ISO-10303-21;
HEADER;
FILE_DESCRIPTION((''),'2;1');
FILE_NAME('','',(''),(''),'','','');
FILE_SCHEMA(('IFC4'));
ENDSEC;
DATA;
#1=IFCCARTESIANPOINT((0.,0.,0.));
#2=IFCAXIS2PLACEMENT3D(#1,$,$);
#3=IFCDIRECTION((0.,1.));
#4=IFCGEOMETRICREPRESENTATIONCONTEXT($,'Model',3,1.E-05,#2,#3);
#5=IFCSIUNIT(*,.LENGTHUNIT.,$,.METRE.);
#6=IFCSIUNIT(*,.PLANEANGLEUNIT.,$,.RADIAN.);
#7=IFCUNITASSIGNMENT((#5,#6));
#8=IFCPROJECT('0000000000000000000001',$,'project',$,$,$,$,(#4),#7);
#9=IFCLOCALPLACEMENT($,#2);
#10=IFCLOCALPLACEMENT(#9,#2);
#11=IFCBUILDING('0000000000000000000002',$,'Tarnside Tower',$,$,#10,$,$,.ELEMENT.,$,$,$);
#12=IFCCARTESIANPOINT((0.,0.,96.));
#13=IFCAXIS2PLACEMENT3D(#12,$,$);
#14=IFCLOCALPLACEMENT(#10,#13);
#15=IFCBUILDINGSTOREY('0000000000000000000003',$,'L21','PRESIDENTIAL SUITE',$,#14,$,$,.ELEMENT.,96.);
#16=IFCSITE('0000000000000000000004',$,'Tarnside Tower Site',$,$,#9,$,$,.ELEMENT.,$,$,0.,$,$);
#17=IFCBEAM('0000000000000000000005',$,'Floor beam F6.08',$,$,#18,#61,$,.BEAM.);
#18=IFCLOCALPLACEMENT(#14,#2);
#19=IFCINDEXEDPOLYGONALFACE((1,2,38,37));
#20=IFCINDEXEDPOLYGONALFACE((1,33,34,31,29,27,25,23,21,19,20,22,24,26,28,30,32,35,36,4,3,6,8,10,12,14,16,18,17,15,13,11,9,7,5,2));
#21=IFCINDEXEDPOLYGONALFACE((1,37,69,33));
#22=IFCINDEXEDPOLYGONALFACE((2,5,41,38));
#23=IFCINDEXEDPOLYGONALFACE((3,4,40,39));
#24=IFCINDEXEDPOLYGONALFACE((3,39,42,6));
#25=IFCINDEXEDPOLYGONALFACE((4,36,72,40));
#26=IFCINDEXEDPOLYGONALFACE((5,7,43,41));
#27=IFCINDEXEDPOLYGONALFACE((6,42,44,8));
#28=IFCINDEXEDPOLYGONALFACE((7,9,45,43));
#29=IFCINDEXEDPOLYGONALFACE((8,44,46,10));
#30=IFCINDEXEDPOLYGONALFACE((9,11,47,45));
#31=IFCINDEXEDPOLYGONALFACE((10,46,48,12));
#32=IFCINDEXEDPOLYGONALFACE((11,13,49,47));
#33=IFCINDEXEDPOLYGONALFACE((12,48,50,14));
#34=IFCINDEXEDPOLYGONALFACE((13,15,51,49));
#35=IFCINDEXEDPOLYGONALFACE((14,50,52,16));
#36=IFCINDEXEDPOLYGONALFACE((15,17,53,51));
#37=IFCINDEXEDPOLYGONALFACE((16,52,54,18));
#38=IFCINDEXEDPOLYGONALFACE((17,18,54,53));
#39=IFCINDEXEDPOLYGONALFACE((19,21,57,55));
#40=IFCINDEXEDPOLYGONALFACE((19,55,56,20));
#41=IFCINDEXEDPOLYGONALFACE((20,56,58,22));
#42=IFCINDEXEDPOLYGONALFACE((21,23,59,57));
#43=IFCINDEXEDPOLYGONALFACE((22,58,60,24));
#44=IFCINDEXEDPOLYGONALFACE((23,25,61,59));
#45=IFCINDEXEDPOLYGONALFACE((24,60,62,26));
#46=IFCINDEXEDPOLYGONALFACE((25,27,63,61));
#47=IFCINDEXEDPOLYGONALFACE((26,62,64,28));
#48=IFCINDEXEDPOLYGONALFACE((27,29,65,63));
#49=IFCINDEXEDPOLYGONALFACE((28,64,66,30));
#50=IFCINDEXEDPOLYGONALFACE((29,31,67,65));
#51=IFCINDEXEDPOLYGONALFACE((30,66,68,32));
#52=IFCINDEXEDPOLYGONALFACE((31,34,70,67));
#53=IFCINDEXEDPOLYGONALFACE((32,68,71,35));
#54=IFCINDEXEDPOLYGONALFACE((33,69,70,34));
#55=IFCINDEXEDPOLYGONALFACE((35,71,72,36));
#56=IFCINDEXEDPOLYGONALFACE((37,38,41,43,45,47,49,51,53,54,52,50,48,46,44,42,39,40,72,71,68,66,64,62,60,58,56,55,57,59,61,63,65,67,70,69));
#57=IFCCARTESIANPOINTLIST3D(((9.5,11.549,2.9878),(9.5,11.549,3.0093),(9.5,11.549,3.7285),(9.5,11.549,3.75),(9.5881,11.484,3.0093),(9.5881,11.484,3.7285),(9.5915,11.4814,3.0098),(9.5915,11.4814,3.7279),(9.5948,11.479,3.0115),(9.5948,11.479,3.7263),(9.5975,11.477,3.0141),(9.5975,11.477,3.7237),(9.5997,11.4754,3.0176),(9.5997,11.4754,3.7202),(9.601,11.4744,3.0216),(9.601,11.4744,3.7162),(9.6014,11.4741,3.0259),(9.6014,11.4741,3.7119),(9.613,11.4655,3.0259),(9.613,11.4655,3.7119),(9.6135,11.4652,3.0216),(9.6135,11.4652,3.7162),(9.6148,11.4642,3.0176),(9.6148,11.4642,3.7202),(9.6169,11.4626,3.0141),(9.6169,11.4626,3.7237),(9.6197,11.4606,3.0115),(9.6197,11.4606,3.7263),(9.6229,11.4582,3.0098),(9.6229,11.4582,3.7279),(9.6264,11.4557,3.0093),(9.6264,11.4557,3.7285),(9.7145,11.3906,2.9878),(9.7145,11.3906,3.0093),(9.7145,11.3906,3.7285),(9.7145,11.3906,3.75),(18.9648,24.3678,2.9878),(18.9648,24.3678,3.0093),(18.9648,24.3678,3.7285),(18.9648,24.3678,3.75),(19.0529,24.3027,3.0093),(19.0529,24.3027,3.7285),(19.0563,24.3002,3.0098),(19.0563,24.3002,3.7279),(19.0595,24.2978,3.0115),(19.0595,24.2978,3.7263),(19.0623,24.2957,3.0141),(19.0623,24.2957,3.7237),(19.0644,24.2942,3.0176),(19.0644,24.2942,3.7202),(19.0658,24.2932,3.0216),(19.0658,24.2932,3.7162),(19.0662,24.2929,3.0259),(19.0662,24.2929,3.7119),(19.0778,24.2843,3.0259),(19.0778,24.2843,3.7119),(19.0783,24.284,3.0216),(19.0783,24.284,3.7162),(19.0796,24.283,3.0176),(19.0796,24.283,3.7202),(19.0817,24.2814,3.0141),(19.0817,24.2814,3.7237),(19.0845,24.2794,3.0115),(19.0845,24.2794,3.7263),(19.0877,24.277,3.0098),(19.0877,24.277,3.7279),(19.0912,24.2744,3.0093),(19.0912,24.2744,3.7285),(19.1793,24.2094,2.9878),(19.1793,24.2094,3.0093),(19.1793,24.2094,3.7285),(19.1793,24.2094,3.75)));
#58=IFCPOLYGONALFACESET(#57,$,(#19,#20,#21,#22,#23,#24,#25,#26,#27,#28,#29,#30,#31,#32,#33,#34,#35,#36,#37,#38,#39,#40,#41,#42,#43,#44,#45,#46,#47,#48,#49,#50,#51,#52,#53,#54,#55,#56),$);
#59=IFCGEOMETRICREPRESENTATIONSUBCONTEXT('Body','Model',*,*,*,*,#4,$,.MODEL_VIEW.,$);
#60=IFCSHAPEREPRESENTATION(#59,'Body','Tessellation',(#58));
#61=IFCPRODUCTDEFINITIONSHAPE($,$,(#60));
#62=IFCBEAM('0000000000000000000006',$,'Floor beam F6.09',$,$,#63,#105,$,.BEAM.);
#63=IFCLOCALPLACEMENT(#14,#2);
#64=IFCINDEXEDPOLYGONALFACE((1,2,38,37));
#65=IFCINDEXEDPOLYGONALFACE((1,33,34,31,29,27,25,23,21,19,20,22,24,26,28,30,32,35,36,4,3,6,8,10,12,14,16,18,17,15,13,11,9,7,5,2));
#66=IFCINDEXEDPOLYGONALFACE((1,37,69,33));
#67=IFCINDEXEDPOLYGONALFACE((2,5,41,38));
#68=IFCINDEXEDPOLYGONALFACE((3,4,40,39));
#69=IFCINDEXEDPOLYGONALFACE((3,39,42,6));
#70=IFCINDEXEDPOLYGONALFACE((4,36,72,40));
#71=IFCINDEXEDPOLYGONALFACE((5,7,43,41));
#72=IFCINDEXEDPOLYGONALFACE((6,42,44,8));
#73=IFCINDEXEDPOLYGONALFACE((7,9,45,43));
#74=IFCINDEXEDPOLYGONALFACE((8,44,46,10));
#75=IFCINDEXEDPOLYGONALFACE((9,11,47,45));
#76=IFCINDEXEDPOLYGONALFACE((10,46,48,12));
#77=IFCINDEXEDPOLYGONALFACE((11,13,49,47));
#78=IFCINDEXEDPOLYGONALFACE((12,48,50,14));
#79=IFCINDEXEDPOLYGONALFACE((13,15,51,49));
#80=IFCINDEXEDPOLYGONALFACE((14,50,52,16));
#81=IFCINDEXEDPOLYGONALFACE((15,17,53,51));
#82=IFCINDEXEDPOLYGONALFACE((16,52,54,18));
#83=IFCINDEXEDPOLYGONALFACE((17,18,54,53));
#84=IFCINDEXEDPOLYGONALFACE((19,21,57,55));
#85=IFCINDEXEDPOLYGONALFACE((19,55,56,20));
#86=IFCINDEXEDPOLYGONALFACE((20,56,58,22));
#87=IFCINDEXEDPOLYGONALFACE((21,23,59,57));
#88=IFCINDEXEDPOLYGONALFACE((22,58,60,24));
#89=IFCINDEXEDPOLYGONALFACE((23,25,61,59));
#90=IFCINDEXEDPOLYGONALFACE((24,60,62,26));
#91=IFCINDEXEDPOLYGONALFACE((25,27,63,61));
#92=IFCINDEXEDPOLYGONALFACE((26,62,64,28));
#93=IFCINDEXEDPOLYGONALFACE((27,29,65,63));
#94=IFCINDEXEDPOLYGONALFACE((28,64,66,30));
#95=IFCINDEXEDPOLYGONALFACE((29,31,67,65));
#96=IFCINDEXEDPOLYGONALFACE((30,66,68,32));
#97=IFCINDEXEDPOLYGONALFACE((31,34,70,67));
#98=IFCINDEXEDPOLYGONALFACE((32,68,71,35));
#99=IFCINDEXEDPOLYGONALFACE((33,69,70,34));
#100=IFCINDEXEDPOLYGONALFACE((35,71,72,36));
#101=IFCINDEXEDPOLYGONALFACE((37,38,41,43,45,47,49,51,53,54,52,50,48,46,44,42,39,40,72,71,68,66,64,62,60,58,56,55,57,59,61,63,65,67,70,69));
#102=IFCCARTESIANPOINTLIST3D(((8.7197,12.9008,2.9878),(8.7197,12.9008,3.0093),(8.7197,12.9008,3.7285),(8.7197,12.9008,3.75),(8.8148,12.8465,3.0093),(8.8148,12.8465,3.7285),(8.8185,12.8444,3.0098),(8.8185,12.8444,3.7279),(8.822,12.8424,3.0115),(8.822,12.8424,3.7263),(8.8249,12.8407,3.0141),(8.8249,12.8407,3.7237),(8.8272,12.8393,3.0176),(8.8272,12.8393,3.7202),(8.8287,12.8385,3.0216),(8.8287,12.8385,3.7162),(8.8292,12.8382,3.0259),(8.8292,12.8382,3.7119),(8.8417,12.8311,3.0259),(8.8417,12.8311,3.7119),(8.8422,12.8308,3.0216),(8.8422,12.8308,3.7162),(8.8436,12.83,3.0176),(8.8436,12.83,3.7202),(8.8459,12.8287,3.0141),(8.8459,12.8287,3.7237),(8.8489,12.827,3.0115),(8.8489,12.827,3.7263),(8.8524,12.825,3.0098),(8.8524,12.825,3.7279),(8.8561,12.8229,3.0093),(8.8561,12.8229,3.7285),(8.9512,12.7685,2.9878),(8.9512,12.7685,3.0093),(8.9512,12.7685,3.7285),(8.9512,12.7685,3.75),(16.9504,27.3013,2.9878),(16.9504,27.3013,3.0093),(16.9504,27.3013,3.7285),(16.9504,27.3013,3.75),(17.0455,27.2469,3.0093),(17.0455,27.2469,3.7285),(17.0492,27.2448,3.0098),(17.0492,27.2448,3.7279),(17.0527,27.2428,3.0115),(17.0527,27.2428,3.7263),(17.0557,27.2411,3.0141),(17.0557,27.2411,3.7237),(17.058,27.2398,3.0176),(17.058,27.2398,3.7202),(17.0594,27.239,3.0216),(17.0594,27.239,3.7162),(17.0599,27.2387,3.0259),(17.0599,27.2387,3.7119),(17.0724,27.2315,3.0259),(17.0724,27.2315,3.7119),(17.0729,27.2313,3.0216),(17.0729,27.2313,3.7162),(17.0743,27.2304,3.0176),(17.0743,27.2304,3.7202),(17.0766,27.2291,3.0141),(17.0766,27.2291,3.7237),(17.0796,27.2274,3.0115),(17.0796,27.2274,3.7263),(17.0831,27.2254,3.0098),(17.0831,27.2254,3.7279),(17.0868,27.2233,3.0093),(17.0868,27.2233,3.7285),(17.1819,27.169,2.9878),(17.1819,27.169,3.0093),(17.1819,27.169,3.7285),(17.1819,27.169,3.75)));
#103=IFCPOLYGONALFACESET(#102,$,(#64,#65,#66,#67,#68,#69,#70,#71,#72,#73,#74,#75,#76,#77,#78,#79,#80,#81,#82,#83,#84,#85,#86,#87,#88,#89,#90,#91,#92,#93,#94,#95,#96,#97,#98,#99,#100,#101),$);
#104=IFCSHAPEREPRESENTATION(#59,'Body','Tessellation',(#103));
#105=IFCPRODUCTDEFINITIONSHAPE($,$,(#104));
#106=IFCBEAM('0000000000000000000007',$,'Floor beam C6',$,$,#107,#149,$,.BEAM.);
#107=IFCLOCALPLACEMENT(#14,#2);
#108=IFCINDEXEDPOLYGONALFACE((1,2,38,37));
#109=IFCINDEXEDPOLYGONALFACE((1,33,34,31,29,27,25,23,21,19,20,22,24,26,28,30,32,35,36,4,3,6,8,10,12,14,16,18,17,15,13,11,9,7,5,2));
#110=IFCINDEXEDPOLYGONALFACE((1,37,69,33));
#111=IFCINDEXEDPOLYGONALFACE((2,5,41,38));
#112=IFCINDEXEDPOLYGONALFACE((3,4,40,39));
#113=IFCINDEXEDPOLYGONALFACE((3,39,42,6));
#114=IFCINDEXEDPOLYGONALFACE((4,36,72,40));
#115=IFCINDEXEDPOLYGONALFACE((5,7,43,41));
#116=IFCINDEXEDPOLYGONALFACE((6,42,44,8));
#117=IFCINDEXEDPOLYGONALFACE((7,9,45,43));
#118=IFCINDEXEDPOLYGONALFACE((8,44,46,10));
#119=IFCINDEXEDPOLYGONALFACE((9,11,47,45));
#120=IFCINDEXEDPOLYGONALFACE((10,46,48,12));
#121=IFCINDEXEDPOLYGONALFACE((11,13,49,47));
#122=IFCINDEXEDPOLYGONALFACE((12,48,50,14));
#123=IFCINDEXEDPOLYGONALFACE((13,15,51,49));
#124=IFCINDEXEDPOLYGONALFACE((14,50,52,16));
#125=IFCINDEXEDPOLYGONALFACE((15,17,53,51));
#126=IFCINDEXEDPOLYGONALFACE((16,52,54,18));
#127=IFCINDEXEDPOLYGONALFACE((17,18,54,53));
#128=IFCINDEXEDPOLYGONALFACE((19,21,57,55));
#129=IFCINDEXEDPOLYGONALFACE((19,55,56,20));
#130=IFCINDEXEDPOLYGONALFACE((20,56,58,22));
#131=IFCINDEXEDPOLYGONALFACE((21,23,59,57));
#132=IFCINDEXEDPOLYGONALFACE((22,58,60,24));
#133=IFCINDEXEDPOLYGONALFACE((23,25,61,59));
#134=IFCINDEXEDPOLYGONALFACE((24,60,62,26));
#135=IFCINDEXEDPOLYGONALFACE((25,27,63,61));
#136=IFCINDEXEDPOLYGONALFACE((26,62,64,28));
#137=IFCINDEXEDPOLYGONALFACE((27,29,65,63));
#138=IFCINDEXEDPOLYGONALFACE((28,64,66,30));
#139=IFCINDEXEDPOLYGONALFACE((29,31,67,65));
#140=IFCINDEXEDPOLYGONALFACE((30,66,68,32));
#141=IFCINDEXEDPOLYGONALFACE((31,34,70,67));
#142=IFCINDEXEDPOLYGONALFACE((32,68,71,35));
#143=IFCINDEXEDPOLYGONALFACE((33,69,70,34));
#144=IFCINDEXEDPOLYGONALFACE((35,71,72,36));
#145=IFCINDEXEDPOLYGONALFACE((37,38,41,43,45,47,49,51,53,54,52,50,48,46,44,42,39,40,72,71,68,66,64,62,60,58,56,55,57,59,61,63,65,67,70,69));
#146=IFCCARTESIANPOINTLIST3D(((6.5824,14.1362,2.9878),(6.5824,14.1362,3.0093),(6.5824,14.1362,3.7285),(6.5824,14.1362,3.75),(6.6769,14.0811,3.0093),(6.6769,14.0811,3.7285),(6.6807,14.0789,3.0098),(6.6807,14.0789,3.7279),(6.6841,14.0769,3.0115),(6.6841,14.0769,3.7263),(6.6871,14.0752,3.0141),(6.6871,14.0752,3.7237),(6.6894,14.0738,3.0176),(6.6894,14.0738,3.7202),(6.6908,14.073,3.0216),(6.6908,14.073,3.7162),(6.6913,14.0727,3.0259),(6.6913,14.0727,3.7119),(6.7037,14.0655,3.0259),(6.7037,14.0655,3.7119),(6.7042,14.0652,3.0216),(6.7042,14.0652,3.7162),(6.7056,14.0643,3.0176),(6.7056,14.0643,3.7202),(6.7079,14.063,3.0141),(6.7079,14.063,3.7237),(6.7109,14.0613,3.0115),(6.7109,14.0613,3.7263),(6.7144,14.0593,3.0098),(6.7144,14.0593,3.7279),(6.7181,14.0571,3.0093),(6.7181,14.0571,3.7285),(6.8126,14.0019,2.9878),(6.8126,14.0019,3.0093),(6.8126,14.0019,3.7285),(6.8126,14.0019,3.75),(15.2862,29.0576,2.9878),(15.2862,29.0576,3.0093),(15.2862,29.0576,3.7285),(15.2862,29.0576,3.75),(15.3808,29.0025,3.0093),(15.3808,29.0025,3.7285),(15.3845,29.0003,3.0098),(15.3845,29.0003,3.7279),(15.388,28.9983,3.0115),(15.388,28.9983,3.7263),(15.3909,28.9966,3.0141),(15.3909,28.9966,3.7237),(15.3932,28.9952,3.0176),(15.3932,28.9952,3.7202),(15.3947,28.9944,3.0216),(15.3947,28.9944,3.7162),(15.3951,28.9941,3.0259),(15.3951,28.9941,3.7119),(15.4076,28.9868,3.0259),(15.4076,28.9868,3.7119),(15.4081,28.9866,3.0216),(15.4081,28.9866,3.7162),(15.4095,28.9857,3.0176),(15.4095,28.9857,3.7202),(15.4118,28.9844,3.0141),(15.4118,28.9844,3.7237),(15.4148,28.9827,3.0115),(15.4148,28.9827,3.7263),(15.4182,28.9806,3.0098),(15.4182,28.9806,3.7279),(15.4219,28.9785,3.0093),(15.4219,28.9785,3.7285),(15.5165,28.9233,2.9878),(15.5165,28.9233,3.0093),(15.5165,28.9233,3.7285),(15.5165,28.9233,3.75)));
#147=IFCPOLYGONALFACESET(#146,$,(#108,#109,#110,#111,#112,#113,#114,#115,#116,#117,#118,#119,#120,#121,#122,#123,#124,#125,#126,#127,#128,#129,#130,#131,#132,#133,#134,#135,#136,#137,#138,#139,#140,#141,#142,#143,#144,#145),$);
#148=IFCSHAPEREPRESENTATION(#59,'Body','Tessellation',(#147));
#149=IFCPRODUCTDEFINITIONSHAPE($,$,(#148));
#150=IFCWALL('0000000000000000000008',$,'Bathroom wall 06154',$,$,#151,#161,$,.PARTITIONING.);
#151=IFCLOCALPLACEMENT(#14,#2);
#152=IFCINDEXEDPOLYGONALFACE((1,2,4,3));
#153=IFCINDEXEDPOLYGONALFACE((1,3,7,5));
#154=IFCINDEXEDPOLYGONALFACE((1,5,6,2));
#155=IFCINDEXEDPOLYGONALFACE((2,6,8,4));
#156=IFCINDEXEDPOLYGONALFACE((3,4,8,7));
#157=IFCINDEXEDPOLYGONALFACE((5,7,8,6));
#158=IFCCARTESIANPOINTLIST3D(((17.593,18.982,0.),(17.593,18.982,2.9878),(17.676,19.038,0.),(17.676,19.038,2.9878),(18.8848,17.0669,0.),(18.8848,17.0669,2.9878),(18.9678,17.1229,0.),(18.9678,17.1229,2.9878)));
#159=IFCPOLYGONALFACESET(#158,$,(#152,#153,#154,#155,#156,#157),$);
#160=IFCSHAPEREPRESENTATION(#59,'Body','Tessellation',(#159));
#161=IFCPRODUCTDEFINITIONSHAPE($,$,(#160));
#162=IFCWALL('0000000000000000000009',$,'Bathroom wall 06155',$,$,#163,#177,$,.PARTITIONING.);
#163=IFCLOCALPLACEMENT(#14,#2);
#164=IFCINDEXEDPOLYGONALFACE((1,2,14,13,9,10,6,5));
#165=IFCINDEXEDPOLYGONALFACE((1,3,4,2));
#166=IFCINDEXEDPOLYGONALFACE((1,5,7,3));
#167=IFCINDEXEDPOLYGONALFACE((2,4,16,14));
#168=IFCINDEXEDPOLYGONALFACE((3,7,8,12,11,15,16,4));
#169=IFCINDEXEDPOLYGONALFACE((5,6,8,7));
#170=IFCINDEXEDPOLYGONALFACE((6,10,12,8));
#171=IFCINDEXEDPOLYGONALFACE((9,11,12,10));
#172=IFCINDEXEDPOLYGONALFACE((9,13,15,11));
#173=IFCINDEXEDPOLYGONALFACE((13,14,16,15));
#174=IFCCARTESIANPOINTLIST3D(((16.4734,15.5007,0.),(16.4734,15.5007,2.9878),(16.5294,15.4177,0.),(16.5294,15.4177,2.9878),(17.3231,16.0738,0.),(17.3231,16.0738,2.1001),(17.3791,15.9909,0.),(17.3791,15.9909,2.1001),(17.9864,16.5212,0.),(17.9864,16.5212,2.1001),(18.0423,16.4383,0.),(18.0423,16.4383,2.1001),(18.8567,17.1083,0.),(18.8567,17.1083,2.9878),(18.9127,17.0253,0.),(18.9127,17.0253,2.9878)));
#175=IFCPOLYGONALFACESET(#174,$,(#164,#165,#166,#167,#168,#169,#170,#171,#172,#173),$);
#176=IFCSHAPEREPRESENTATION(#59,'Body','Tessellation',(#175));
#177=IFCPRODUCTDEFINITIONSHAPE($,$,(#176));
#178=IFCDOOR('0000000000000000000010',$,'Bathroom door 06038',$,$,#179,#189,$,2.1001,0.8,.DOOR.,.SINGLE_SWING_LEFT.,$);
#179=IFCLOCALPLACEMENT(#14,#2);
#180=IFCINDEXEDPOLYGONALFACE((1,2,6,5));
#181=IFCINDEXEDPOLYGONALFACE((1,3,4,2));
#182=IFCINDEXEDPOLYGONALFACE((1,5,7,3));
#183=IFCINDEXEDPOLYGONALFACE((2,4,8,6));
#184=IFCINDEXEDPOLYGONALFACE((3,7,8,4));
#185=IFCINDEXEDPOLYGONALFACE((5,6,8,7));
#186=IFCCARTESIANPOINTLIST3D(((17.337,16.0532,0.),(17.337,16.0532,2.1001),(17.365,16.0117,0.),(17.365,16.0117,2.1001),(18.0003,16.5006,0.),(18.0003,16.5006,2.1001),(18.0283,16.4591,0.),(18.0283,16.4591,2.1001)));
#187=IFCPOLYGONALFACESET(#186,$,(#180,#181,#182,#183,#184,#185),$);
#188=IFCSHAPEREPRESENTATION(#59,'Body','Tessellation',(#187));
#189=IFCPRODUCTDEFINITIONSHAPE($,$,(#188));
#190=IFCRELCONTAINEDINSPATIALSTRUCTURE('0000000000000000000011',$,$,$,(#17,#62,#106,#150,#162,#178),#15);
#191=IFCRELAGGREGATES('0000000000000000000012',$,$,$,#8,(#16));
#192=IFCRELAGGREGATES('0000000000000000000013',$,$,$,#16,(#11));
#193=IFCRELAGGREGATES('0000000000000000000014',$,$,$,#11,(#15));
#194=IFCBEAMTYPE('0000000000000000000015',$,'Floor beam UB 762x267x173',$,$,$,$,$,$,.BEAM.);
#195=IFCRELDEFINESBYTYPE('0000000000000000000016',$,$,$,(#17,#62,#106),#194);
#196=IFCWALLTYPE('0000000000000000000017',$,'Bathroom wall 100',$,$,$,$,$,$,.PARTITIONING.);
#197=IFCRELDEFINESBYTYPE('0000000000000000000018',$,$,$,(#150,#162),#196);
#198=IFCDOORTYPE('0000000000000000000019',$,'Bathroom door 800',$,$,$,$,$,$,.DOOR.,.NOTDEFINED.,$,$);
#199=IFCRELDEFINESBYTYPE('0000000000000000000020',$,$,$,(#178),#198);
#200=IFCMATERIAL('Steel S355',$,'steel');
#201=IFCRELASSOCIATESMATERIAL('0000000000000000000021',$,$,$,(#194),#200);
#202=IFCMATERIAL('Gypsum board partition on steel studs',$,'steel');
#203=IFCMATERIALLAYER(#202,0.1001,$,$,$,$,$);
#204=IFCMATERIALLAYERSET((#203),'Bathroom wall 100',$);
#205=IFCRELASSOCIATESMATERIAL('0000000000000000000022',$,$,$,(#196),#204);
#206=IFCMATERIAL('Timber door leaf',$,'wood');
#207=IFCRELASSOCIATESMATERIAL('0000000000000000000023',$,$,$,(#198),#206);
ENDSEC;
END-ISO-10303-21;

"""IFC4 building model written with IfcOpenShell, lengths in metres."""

from ifc_helpers import new_model, si_unit, direction, frame, frame_2d, origin, origin_2d, place, context, subcontext, project, spatial, rectangle, i_section, extrude, material, layer, layer_set, material_profile, profile_set, type_object, element, fill, save


model = new_model("IFC4")

# Units and contexts
model_context = context("Model", 3, precision=1e-05, world=origin(), true_north=direction((0.0, 1.0)))
body_context = subcontext(model_context, "Body", "Model", "MODEL_VIEW")
ifc_project = project(units=[si_unit("LENGTHUNIT", "METRE"), si_unit("PLANEANGLEUNIT", "RADIAN")], contexts=[model_context])

# Site, building, storey
site_placement = place(None, origin())
site = spatial("IfcSite", under=ifc_project, at=site_placement, Name="Tarnside Tower Site", CompositionType="ELEMENT", RefElevation=0.0)
building_placement = place(site_placement, origin())
building = spatial("IfcBuilding", under=site, at=building_placement, Name="Tarnside Tower", CompositionType="ELEMENT")
storey_placement = place(building_placement, frame((0.0, 0.0, 96.0)))
storey = spatial("IfcBuildingStorey", under=building, at=storey_placement, Name="L21", Description="PRESIDENTIAL SUITE", CompositionType="ELEMENT", Elevation=96.0)

# Beams
ifc_material_1 = material(Name="Steel S355", Category="steel")
ifc_material_profile_1 = material_profile(ifc_material_1, i_section(OverallWidth=0.2666, OverallDepth=0.7622, WebThickness=0.0144, FlangeThickness=0.0215, FilletRadius=0.0166, at=origin_2d()), Name="UB 762x267x173")
ifc_profile_set_1 = profile_set([ifc_material_profile_1], Name="Steel S355")
beam_type_1 = type_object("IfcBeamType", Name="Floor beam UB 762x267x173", PredefinedType="BEAM", material=ifc_profile_set_1)
beam_1_placement = place(storey_placement, frame((19.072, 24.2886, 3.3689), z_axis=(-0.593987, -0.804475, 0.0), x_axis=(0.804475, -0.593987, 0.0)))
element("IfcBeam", 1, at=beam_1_placement, inside=storey, type_object=beam_type_1, Name="Floor beam F6.08", PredefinedType="BEAM", context=body_context, shape_type="SweptSolid", body=[
    extrude(i_section(OverallWidth=0.2666, OverallDepth=0.7622, WebThickness=0.0144, FlangeThickness=0.0215, FilletRadius=0.0166, at=origin_2d()), origin(), (0.0, 0.0, 1.0), 15.9343),
])
beam_2_placement = place(storey_placement, frame((17.0662, 27.2351, 3.3689), z_axis=(-0.496226, -0.868193, 0.0), x_axis=(0.868193, -0.496226, 0.0)))
element("IfcBeam", 2, at=beam_2_placement, inside=storey, type_object=beam_type_1, Name="Floor beam F6.09", PredefinedType="BEAM", context=body_context, shape_type="SweptSolid", body=[
    extrude(i_section(OverallWidth=0.2666, OverallDepth=0.7622, WebThickness=0.0144, FlangeThickness=0.0215, FilletRadius=0.0166, at=origin_2d()), origin(), (0.0, 0.0, 1.0), 16.5867),
])
beam_3_placement = place(storey_placement, frame((15.4014, 28.9905, 3.3689), z_axis=(-0.503859, -0.863786, 0.0), x_axis=(0.863786, -0.503859, 0.0)))
element("IfcBeam", 3, at=beam_3_placement, inside=storey, type_object=beam_type_1, Name="Floor beam C6", PredefinedType="BEAM", context=body_context, shape_type="SweptSolid", body=[
    extrude(i_section(OverallWidth=0.2666, OverallDepth=0.7622, WebThickness=0.0144, FlangeThickness=0.0215, FilletRadius=0.0166, at=origin_2d()), origin(), (0.0, 0.0, 1.0), 17.2744),
])

# Wall
ifc_material_2 = material(Name="Gypsum board partition on steel studs", Category="steel")
ifc_layer_1 = layer(ifc_material_2, 0.1001)
ifc_layer_set_1 = layer_set([ifc_layer_1], Name="Bathroom wall 100")
wall_type_1 = type_object("IfcWallType", Name="Bathroom wall 100", PredefinedType="PARTITIONING", material=ifc_layer_set_1)
wall_1_placement = place(storey_placement, frame((17.6345, 19.01, 0.0), z_axis=(0.0, 0.0, 1.0), x_axis=(0.559204, -0.82903, 0.0)))
element("IfcWall", 4, at=wall_1_placement, inside=storey, type_object=wall_type_1, Name="Bathroom wall 06154", PredefinedType="PARTITIONING", context=body_context, shape_type="SweptSolid", body=[
    extrude(rectangle(XDim=2.3101, YDim=0.1001, at=frame_2d((1.155, 0.0))), origin(), (0.0, 0.0, 1.0), 2.9878),
])

# Wall, opening, door
wall_2_placement = place(storey_placement, frame((18.8848, 17.0669, 0.0), z_axis=(0.0, 0.0, 1.0), x_axis=(-0.82902, -0.559219, 0.0)))
wall_2 = element("IfcWall", 5, at=wall_2_placement, inside=storey, type_object=wall_type_1, Name="Bathroom wall 06155", PredefinedType="PARTITIONING", context=body_context, shape_type="SweptSolid", body=[
    extrude(rectangle(XDim=2.8748, YDim=0.1001, at=frame_2d((1.4375, 0.0))), origin(), (0.0, 0.0, 1.0), 2.9878),
])
opening_1_placement = place(wall_2_placement, frame((1.05, 0.0, 0.0)))
opening_1 = element("IfcOpeningElement", 6, at=opening_1_placement, cuts=wall_2, PredefinedType="OPENING", context=body_context, shape_type="SweptSolid", body=[
    extrude(rectangle(XDim=0.8, YDim=2.1001, at=frame_2d((0.3999, 1.05))), frame((0.0, 0.0601, 0.0), z_axis=(0.0, -1.0, 0.0), x_axis=(1.0, 0.0, 0.0)), (0.0, 0.0, 1.0), 0.1201),
])
ifc_material_3 = material(Name="Timber door leaf", Category="wood")
door_type = type_object("IfcDoorType", Name="Bathroom door 800", OperationType="NOTDEFINED", PredefinedType="DOOR", material=ifc_material_3)
door_1_placement = place(opening_1_placement, origin())
door_1 = element("IfcDoor", 7, at=door_1_placement, inside=storey, type_object=door_type, Name="Bathroom door 06038", OperationType="SINGLE_SWING_LEFT", OverallHeight=2.1001, OverallWidth=0.8, PredefinedType="DOOR", context=body_context, shape_type="SweptSolid", body=[
    extrude(rectangle(XDim=0.8, YDim=2.1001, at=frame_2d((0.3999, 1.05))), frame((0.0, 0.0249, 0.0), z_axis=(0.0, -1.0, 0.0), x_axis=(1.0, 0.0, 0.0)), (0.0, 0.0, 1.0), 0.05),
])
fill(opening_1, door_1)

save(model, "model.ifc")
